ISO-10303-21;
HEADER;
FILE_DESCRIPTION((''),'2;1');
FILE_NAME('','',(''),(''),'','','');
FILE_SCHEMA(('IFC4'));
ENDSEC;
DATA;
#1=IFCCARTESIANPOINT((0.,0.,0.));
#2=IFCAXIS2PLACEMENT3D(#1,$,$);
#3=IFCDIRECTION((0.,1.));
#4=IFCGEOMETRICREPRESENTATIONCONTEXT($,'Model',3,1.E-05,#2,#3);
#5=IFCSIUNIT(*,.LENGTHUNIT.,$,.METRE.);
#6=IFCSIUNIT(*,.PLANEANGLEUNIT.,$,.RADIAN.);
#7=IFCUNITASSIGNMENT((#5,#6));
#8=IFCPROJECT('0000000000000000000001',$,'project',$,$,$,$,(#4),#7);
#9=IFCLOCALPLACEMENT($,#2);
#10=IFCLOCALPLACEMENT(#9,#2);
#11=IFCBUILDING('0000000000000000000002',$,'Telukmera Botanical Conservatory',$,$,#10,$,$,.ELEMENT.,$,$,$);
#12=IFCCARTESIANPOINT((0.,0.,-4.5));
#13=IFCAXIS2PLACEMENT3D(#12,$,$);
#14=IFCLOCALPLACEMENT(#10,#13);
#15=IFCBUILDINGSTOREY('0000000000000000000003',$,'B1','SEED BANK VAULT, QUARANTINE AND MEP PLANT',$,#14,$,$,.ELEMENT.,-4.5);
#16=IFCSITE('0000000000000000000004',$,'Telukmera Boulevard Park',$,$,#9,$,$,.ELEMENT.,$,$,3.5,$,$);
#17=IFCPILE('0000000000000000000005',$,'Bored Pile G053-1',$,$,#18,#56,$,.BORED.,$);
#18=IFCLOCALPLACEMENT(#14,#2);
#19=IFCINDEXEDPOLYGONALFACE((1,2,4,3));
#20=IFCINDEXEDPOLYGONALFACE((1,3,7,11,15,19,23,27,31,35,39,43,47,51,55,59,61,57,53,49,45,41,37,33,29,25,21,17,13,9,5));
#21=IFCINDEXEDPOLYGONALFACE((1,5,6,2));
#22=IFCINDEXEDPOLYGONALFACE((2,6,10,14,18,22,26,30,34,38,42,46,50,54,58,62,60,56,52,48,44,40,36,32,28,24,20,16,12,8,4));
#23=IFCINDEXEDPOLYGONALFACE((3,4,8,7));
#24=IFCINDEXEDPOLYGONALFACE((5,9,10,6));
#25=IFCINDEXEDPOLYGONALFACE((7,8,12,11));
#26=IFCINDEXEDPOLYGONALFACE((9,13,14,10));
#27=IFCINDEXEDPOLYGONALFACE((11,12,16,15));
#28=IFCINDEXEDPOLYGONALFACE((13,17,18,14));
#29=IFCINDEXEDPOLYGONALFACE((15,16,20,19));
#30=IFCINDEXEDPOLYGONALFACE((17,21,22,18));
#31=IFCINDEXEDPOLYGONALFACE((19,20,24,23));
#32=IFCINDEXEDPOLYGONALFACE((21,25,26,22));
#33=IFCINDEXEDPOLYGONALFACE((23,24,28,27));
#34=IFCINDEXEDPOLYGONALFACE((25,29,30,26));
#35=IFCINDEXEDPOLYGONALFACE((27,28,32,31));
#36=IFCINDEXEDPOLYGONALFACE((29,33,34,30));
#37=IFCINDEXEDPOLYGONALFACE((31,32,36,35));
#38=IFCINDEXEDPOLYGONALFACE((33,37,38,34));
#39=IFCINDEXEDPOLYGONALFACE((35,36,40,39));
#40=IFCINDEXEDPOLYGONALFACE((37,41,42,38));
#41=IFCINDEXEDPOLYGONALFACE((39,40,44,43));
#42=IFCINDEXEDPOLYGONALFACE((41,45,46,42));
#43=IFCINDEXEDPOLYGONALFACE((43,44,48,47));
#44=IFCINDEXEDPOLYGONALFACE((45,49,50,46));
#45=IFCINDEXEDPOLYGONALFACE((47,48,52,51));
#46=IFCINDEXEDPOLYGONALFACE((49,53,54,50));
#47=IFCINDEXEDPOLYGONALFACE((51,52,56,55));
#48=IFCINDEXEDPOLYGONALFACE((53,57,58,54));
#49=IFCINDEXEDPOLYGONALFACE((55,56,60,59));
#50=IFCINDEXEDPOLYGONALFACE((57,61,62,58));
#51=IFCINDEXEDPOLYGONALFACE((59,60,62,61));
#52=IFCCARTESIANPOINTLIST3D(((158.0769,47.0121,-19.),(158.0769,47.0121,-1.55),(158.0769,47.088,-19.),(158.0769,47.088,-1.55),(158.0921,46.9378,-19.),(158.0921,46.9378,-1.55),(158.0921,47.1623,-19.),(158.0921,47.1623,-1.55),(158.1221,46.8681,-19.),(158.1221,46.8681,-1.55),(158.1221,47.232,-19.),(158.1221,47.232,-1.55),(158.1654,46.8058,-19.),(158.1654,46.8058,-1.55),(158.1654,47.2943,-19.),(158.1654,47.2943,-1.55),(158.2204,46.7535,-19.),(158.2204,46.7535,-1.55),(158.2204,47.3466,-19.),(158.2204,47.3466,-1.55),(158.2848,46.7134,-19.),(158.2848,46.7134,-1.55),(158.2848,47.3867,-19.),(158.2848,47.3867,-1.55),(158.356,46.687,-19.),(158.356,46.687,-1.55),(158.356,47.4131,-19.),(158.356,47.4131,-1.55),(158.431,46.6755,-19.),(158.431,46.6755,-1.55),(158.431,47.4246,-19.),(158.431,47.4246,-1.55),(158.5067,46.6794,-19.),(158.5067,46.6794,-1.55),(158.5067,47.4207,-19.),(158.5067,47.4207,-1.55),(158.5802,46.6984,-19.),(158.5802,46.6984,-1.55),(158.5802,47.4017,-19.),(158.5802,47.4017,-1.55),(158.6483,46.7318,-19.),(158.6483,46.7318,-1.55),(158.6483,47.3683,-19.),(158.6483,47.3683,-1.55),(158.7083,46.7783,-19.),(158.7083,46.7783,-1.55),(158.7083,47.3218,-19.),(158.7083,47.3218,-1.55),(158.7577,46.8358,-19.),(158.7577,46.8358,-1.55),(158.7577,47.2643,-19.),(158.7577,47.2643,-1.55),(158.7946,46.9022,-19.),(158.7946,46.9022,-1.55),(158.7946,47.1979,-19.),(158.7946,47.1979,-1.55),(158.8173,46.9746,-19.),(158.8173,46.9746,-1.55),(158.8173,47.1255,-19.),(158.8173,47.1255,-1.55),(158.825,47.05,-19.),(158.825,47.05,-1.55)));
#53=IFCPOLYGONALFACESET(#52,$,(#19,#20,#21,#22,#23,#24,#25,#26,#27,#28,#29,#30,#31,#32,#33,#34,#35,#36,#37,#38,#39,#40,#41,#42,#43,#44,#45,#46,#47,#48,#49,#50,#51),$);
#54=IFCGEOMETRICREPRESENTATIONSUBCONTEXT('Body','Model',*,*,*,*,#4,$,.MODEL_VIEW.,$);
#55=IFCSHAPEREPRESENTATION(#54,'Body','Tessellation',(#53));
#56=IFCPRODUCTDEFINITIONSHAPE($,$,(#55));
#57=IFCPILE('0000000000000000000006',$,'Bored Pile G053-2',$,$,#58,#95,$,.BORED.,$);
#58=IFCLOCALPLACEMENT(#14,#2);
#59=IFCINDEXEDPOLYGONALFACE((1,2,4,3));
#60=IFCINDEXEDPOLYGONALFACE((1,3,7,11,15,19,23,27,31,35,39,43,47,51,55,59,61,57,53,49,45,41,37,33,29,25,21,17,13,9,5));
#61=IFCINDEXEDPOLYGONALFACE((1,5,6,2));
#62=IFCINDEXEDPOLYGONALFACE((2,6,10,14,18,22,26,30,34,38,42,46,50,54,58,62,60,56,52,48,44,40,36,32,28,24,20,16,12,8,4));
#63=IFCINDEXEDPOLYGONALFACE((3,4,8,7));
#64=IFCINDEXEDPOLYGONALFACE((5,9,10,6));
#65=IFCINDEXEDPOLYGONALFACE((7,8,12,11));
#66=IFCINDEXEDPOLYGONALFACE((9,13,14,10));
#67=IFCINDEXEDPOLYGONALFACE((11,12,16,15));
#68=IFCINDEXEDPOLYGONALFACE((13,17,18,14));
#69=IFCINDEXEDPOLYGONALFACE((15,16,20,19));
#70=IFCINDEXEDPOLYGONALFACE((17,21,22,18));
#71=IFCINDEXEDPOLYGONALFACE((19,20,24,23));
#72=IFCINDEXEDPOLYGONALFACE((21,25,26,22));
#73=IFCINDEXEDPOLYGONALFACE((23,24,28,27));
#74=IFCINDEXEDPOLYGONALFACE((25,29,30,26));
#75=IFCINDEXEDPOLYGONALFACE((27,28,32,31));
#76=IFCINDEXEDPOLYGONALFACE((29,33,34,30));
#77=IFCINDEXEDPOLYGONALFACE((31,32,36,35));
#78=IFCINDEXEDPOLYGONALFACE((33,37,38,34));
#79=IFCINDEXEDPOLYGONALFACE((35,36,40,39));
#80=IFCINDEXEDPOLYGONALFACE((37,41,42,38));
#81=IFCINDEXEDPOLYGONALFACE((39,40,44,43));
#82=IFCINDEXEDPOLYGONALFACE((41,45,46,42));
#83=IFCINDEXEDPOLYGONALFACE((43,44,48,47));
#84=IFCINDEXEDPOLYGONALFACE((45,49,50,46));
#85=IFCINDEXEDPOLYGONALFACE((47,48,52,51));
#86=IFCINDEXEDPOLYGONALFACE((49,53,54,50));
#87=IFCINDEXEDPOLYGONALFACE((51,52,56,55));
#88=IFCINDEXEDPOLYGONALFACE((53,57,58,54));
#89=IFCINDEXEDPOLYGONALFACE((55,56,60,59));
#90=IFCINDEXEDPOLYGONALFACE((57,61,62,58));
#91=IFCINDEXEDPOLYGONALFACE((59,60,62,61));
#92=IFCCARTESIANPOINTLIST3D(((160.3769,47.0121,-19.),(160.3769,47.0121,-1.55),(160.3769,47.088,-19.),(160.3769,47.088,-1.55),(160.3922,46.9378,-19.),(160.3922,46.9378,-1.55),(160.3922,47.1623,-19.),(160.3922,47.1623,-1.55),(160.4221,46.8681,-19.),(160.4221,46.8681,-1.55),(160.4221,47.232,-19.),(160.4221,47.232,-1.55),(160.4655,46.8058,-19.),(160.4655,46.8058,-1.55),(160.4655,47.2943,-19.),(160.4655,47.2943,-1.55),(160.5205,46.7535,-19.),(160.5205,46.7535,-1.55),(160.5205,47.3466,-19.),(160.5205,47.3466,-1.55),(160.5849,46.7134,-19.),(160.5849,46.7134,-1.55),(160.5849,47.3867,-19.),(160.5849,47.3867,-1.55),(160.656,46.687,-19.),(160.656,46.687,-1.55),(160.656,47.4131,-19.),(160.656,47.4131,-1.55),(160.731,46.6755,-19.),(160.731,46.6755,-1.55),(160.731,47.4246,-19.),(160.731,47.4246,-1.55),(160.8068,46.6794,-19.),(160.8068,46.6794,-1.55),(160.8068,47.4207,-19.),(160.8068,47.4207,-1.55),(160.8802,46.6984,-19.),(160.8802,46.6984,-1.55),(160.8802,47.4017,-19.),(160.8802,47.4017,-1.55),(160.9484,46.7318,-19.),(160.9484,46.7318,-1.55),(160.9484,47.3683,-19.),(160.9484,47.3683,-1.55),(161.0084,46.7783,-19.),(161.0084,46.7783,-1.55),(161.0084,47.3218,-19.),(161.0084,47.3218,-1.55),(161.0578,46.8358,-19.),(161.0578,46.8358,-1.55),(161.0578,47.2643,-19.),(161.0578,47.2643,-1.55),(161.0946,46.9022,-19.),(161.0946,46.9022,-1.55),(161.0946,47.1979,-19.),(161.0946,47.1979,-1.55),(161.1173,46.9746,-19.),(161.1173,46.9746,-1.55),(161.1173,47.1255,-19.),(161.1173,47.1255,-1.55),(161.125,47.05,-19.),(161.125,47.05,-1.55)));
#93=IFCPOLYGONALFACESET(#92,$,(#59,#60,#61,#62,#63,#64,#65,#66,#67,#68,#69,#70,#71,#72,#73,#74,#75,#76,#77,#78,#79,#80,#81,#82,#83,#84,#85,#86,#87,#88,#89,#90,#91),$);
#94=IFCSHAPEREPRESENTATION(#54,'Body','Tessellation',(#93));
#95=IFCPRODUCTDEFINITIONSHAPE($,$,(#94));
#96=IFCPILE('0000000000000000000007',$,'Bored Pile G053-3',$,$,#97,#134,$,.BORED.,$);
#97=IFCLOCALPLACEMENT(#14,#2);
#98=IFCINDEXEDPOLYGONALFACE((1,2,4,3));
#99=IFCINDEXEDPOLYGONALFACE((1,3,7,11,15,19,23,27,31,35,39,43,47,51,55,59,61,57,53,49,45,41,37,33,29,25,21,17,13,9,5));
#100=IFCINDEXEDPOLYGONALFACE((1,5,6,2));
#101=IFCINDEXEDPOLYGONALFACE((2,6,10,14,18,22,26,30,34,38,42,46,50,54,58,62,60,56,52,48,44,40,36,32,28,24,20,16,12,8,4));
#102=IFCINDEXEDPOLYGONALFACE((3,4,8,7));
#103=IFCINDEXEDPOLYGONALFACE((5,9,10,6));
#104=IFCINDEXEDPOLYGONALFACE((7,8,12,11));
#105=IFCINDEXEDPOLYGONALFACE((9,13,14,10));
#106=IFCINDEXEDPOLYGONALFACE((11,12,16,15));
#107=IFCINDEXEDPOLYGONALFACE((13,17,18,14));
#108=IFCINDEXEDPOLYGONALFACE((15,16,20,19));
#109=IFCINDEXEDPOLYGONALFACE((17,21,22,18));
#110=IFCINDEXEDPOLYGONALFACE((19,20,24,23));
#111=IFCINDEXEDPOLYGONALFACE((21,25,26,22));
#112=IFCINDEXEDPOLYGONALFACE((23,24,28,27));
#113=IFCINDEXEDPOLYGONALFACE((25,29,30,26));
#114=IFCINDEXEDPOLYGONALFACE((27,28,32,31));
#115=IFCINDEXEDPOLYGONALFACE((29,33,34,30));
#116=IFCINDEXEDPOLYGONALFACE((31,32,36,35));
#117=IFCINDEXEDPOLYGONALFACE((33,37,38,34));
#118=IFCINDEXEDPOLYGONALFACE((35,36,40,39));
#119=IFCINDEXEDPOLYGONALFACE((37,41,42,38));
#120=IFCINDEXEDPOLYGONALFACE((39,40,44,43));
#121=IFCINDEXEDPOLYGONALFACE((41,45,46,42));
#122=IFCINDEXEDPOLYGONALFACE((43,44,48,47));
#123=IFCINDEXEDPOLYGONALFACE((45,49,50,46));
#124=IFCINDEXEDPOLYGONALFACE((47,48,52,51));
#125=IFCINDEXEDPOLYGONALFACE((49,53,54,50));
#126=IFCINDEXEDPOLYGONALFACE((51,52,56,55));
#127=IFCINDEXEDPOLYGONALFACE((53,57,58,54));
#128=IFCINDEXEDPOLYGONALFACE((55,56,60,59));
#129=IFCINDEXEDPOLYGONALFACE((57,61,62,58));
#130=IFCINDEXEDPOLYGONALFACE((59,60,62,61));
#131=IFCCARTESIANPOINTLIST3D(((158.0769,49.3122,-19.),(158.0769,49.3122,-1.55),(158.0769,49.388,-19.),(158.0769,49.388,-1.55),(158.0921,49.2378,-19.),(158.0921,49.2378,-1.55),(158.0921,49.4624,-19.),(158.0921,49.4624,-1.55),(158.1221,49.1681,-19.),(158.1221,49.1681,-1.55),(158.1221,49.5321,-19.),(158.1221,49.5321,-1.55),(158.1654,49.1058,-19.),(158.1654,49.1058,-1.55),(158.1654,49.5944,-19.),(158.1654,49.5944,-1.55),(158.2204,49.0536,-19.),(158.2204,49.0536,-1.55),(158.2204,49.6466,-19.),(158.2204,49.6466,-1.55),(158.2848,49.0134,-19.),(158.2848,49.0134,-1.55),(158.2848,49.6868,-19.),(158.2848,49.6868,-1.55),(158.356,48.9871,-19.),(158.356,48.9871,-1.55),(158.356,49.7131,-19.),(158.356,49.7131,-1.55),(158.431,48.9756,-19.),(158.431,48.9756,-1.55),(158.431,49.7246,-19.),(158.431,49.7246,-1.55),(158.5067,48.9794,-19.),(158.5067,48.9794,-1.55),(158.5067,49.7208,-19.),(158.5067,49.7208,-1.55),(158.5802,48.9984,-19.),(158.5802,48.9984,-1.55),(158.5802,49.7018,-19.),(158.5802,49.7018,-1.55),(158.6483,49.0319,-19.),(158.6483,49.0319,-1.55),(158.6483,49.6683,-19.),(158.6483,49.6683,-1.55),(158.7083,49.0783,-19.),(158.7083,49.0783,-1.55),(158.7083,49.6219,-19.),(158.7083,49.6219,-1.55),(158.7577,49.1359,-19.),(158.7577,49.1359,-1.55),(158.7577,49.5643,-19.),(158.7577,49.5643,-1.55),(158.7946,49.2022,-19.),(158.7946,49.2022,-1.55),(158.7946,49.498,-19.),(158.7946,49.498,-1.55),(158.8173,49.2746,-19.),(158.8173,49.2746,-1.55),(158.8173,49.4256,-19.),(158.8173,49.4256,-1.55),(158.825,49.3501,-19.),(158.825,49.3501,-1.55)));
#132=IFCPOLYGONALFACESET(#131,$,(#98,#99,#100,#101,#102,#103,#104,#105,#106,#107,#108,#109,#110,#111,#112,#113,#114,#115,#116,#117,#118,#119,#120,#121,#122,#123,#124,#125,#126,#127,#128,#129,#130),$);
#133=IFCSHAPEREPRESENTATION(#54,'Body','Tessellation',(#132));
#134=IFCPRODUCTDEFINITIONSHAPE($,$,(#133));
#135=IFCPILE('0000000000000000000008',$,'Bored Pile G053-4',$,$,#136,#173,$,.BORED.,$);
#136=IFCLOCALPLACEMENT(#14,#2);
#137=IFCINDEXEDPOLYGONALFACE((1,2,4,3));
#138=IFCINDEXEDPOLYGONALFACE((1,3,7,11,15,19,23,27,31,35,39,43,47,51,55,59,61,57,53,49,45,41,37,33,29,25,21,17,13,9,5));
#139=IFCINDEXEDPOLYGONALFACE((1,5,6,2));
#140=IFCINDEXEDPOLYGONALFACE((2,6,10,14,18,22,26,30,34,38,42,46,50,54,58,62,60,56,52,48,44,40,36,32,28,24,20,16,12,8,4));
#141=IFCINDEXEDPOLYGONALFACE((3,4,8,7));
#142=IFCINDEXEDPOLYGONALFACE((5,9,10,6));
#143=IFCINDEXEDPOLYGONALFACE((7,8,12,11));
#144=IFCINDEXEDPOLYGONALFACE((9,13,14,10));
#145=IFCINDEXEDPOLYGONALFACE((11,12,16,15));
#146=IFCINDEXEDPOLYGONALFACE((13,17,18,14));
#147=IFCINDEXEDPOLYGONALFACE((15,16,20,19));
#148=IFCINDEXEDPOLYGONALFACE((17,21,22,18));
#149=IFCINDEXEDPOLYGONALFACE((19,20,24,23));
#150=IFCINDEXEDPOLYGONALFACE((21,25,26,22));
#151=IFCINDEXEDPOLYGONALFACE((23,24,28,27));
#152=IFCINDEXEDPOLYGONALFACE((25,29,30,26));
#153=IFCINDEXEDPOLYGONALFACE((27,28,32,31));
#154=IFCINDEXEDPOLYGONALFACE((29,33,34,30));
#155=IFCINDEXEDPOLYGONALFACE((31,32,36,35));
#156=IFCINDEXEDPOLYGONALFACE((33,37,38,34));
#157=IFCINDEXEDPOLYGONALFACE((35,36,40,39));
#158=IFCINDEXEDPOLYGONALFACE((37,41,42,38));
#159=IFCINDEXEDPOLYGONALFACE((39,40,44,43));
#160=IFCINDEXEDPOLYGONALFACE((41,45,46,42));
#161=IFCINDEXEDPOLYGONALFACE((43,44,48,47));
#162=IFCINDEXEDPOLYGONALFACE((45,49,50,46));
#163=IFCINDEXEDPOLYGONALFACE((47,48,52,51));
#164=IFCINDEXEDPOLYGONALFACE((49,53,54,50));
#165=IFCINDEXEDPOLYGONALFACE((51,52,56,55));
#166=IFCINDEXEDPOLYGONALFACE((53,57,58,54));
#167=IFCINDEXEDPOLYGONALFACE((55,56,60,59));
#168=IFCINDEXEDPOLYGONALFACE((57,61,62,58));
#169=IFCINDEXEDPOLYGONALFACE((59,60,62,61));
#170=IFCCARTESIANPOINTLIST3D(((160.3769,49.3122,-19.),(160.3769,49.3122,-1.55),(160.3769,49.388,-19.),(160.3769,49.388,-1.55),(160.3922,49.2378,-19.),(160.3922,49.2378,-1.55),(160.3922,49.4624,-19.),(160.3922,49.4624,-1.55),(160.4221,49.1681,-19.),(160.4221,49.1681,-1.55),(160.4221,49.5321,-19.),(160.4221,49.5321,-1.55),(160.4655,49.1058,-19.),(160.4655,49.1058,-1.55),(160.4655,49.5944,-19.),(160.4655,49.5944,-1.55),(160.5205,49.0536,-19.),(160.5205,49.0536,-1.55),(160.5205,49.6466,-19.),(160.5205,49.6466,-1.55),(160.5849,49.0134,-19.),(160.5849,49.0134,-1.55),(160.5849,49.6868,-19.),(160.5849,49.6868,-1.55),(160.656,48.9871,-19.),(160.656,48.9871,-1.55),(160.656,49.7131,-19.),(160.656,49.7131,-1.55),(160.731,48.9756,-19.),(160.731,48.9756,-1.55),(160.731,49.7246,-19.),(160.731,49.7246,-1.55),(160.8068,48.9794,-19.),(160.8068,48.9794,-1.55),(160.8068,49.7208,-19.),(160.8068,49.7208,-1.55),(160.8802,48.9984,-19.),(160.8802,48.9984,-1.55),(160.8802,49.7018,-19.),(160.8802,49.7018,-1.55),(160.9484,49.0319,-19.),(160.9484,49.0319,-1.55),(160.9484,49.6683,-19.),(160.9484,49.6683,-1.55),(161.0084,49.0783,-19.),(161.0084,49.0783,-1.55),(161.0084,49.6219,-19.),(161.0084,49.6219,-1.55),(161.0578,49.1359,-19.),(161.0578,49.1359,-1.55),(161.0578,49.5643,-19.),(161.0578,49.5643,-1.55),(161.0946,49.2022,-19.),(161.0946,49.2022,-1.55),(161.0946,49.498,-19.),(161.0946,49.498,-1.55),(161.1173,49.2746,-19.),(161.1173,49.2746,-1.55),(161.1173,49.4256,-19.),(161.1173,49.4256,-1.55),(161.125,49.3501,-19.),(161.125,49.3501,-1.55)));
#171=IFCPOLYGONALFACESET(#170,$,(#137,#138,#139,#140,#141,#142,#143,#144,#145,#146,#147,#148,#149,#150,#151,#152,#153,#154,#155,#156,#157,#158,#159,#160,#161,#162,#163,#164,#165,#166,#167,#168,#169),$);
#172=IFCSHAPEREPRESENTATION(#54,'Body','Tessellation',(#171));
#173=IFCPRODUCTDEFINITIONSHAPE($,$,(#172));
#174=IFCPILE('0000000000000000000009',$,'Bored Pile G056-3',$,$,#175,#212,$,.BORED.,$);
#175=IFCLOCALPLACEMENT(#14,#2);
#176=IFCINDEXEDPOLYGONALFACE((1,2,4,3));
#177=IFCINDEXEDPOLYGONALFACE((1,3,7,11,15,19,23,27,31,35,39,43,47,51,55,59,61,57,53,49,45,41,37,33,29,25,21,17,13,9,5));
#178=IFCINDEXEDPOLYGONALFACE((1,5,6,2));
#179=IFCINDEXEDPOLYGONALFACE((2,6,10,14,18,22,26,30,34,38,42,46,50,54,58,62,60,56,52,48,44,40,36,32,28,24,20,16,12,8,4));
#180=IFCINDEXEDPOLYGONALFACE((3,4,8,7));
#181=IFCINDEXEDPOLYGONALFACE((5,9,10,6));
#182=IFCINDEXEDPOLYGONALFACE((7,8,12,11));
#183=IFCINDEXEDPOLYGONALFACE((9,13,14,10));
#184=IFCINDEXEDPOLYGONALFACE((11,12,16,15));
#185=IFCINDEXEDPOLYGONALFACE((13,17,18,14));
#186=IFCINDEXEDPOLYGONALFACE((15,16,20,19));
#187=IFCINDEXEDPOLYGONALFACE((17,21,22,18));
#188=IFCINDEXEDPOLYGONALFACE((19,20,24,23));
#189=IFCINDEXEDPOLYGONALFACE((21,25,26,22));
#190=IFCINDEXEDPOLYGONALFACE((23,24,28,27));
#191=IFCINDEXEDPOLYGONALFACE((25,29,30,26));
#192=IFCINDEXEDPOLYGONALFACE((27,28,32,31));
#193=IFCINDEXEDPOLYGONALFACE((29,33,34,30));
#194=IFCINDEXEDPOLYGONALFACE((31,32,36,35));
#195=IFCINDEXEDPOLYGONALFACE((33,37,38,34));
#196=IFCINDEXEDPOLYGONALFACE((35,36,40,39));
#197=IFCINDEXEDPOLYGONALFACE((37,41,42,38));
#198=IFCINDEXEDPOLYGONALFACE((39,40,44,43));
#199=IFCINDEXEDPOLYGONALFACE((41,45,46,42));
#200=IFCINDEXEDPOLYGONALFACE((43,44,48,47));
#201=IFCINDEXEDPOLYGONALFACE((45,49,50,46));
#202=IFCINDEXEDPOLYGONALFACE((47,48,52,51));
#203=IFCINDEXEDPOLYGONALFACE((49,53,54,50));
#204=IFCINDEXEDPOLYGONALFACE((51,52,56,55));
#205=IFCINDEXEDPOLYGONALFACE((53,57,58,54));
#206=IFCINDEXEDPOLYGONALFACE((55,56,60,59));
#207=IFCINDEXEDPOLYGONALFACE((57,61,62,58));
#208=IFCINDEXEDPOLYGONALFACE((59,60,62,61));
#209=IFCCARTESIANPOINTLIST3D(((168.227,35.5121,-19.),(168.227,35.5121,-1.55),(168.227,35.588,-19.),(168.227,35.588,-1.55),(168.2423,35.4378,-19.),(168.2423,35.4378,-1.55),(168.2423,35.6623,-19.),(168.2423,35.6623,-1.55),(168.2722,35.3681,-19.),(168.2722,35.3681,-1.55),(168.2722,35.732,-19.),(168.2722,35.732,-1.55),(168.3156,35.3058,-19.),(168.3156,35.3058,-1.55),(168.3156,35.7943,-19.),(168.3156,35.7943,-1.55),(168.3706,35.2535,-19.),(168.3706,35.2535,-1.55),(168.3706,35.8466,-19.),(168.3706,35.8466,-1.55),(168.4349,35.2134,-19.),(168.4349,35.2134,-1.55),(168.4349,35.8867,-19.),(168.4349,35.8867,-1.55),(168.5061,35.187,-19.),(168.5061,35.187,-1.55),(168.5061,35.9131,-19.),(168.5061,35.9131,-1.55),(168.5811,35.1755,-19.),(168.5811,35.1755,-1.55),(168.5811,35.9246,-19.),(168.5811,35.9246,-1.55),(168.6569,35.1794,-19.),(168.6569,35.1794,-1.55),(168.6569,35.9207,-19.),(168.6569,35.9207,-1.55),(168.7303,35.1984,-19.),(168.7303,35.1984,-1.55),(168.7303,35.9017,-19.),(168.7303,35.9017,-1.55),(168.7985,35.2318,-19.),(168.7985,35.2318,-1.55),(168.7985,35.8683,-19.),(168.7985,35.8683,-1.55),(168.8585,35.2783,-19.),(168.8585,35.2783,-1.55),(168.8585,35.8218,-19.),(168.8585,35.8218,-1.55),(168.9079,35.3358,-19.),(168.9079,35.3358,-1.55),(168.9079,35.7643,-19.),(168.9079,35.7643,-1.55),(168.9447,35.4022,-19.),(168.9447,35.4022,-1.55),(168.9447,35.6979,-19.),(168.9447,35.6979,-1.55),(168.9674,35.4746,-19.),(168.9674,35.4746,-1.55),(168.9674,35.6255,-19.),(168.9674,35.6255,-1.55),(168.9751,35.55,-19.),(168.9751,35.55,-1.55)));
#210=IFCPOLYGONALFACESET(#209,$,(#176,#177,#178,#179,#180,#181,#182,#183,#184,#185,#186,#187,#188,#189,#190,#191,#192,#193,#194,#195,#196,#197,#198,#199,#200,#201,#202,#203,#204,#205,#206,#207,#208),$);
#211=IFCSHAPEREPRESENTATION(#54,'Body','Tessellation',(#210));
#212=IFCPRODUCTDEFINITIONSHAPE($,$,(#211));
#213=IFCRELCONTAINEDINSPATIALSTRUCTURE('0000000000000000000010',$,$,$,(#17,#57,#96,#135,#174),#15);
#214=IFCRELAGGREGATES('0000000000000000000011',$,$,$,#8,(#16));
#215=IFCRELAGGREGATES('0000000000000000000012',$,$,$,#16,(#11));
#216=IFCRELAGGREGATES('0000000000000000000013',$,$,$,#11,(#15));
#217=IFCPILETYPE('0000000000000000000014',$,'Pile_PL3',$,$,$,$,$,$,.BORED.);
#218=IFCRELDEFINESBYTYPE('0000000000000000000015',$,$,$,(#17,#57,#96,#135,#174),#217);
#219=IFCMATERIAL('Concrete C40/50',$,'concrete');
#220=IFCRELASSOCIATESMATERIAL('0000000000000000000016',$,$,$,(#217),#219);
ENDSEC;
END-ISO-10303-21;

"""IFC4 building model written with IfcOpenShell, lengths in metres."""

from ifc_helpers import new_model, si_unit, direction, frame, origin, origin_2d, place, context, subcontext, project, spatial, circle, extrude, material, material_profile, profile_set, type_object, element, save


model = new_model("IFC4")

# Units and contexts
model_context = context("Model", 3, precision=1e-05, world=origin(), true_north=direction((0.0, 1.0)))
body_context = subcontext(model_context, "Body", "Model", "MODEL_VIEW")
ifc_project = project(units=[si_unit("LENGTHUNIT", "METRE"), si_unit("PLANEANGLEUNIT", "RADIAN")], contexts=[model_context])

# Site, building, storey
site_placement = place(None, origin())
site = spatial("IfcSite", under=ifc_project, at=site_placement, Name="Telukmera Boulevard Park", CompositionType="ELEMENT", RefElevation=3.5)
building_placement = place(site_placement, origin())
building = spatial("IfcBuilding", under=site, at=building_placement, Name="Telukmera Botanical Conservatory", CompositionType="ELEMENT")
storey_placement = place(building_placement, frame((0.0, 0.0, -4.5)))
storey = spatial("IfcBuildingStorey", under=building, at=storey_placement, Name="B1", Description="SEED BANK VAULT, QUARANTINE AND MEP PLANT", CompositionType="ELEMENT", Elevation=-4.5)

# Shared definitions
ifc_material_1 = material(Name="Concrete C40/50", Category="concrete")

# Piles
ifc_material_profile_1 = material_profile(ifc_material_1, circle(Radius=0.375, at=origin_2d()), Name="PILE D750")
ifc_profile_set_1 = profile_set([ifc_material_profile_1], Name="Concrete C40/50")
pile_type = type_object("IfcPileType", Name="Pile_PL3", PredefinedType="BORED", material=ifc_profile_set_1)
for number, where, z_axis, x_axis, name in (
    (1, (158.45, 47.05, -1.55), (0.0, 0.0, -1.0), (1.0, 0.0, 0.0), "Bored Pile G053-1"),
    (2, (160.75, 47.05, -1.55), (0.0, 0.0, -1.0), (1.0, 0.0, 0.0), "Bored Pile G053-2"),
    (3, (158.45, 49.3501, -1.55), (0.0, 0.0, -1.0), (1.0, 0.0, 0.0), "Bored Pile G053-3"),
    (4, (160.75, 49.3501, -1.55), (0.0, 0.0, -1.0), (1.0, 0.0, 0.0), "Bored Pile G053-4"),
    (5, (168.6001, 35.55, -1.55), (0.0, 0.0, -1.0), (1.0, 0.0, 0.0), "Bored Pile G056-3"),
):
    element("IfcPile", number, at=place(storey_placement, frame(where, z_axis=z_axis, x_axis=x_axis)), inside=storey, type_object=pile_type, Name=name, PredefinedType="BORED", context=body_context, shape_type="SweptSolid", body=[
        extrude(circle(Radius=0.375, at=origin_2d()), origin(), (0.0, 0.0, 1.0), 17.45),
    ])

save(model, "model.ifc")
